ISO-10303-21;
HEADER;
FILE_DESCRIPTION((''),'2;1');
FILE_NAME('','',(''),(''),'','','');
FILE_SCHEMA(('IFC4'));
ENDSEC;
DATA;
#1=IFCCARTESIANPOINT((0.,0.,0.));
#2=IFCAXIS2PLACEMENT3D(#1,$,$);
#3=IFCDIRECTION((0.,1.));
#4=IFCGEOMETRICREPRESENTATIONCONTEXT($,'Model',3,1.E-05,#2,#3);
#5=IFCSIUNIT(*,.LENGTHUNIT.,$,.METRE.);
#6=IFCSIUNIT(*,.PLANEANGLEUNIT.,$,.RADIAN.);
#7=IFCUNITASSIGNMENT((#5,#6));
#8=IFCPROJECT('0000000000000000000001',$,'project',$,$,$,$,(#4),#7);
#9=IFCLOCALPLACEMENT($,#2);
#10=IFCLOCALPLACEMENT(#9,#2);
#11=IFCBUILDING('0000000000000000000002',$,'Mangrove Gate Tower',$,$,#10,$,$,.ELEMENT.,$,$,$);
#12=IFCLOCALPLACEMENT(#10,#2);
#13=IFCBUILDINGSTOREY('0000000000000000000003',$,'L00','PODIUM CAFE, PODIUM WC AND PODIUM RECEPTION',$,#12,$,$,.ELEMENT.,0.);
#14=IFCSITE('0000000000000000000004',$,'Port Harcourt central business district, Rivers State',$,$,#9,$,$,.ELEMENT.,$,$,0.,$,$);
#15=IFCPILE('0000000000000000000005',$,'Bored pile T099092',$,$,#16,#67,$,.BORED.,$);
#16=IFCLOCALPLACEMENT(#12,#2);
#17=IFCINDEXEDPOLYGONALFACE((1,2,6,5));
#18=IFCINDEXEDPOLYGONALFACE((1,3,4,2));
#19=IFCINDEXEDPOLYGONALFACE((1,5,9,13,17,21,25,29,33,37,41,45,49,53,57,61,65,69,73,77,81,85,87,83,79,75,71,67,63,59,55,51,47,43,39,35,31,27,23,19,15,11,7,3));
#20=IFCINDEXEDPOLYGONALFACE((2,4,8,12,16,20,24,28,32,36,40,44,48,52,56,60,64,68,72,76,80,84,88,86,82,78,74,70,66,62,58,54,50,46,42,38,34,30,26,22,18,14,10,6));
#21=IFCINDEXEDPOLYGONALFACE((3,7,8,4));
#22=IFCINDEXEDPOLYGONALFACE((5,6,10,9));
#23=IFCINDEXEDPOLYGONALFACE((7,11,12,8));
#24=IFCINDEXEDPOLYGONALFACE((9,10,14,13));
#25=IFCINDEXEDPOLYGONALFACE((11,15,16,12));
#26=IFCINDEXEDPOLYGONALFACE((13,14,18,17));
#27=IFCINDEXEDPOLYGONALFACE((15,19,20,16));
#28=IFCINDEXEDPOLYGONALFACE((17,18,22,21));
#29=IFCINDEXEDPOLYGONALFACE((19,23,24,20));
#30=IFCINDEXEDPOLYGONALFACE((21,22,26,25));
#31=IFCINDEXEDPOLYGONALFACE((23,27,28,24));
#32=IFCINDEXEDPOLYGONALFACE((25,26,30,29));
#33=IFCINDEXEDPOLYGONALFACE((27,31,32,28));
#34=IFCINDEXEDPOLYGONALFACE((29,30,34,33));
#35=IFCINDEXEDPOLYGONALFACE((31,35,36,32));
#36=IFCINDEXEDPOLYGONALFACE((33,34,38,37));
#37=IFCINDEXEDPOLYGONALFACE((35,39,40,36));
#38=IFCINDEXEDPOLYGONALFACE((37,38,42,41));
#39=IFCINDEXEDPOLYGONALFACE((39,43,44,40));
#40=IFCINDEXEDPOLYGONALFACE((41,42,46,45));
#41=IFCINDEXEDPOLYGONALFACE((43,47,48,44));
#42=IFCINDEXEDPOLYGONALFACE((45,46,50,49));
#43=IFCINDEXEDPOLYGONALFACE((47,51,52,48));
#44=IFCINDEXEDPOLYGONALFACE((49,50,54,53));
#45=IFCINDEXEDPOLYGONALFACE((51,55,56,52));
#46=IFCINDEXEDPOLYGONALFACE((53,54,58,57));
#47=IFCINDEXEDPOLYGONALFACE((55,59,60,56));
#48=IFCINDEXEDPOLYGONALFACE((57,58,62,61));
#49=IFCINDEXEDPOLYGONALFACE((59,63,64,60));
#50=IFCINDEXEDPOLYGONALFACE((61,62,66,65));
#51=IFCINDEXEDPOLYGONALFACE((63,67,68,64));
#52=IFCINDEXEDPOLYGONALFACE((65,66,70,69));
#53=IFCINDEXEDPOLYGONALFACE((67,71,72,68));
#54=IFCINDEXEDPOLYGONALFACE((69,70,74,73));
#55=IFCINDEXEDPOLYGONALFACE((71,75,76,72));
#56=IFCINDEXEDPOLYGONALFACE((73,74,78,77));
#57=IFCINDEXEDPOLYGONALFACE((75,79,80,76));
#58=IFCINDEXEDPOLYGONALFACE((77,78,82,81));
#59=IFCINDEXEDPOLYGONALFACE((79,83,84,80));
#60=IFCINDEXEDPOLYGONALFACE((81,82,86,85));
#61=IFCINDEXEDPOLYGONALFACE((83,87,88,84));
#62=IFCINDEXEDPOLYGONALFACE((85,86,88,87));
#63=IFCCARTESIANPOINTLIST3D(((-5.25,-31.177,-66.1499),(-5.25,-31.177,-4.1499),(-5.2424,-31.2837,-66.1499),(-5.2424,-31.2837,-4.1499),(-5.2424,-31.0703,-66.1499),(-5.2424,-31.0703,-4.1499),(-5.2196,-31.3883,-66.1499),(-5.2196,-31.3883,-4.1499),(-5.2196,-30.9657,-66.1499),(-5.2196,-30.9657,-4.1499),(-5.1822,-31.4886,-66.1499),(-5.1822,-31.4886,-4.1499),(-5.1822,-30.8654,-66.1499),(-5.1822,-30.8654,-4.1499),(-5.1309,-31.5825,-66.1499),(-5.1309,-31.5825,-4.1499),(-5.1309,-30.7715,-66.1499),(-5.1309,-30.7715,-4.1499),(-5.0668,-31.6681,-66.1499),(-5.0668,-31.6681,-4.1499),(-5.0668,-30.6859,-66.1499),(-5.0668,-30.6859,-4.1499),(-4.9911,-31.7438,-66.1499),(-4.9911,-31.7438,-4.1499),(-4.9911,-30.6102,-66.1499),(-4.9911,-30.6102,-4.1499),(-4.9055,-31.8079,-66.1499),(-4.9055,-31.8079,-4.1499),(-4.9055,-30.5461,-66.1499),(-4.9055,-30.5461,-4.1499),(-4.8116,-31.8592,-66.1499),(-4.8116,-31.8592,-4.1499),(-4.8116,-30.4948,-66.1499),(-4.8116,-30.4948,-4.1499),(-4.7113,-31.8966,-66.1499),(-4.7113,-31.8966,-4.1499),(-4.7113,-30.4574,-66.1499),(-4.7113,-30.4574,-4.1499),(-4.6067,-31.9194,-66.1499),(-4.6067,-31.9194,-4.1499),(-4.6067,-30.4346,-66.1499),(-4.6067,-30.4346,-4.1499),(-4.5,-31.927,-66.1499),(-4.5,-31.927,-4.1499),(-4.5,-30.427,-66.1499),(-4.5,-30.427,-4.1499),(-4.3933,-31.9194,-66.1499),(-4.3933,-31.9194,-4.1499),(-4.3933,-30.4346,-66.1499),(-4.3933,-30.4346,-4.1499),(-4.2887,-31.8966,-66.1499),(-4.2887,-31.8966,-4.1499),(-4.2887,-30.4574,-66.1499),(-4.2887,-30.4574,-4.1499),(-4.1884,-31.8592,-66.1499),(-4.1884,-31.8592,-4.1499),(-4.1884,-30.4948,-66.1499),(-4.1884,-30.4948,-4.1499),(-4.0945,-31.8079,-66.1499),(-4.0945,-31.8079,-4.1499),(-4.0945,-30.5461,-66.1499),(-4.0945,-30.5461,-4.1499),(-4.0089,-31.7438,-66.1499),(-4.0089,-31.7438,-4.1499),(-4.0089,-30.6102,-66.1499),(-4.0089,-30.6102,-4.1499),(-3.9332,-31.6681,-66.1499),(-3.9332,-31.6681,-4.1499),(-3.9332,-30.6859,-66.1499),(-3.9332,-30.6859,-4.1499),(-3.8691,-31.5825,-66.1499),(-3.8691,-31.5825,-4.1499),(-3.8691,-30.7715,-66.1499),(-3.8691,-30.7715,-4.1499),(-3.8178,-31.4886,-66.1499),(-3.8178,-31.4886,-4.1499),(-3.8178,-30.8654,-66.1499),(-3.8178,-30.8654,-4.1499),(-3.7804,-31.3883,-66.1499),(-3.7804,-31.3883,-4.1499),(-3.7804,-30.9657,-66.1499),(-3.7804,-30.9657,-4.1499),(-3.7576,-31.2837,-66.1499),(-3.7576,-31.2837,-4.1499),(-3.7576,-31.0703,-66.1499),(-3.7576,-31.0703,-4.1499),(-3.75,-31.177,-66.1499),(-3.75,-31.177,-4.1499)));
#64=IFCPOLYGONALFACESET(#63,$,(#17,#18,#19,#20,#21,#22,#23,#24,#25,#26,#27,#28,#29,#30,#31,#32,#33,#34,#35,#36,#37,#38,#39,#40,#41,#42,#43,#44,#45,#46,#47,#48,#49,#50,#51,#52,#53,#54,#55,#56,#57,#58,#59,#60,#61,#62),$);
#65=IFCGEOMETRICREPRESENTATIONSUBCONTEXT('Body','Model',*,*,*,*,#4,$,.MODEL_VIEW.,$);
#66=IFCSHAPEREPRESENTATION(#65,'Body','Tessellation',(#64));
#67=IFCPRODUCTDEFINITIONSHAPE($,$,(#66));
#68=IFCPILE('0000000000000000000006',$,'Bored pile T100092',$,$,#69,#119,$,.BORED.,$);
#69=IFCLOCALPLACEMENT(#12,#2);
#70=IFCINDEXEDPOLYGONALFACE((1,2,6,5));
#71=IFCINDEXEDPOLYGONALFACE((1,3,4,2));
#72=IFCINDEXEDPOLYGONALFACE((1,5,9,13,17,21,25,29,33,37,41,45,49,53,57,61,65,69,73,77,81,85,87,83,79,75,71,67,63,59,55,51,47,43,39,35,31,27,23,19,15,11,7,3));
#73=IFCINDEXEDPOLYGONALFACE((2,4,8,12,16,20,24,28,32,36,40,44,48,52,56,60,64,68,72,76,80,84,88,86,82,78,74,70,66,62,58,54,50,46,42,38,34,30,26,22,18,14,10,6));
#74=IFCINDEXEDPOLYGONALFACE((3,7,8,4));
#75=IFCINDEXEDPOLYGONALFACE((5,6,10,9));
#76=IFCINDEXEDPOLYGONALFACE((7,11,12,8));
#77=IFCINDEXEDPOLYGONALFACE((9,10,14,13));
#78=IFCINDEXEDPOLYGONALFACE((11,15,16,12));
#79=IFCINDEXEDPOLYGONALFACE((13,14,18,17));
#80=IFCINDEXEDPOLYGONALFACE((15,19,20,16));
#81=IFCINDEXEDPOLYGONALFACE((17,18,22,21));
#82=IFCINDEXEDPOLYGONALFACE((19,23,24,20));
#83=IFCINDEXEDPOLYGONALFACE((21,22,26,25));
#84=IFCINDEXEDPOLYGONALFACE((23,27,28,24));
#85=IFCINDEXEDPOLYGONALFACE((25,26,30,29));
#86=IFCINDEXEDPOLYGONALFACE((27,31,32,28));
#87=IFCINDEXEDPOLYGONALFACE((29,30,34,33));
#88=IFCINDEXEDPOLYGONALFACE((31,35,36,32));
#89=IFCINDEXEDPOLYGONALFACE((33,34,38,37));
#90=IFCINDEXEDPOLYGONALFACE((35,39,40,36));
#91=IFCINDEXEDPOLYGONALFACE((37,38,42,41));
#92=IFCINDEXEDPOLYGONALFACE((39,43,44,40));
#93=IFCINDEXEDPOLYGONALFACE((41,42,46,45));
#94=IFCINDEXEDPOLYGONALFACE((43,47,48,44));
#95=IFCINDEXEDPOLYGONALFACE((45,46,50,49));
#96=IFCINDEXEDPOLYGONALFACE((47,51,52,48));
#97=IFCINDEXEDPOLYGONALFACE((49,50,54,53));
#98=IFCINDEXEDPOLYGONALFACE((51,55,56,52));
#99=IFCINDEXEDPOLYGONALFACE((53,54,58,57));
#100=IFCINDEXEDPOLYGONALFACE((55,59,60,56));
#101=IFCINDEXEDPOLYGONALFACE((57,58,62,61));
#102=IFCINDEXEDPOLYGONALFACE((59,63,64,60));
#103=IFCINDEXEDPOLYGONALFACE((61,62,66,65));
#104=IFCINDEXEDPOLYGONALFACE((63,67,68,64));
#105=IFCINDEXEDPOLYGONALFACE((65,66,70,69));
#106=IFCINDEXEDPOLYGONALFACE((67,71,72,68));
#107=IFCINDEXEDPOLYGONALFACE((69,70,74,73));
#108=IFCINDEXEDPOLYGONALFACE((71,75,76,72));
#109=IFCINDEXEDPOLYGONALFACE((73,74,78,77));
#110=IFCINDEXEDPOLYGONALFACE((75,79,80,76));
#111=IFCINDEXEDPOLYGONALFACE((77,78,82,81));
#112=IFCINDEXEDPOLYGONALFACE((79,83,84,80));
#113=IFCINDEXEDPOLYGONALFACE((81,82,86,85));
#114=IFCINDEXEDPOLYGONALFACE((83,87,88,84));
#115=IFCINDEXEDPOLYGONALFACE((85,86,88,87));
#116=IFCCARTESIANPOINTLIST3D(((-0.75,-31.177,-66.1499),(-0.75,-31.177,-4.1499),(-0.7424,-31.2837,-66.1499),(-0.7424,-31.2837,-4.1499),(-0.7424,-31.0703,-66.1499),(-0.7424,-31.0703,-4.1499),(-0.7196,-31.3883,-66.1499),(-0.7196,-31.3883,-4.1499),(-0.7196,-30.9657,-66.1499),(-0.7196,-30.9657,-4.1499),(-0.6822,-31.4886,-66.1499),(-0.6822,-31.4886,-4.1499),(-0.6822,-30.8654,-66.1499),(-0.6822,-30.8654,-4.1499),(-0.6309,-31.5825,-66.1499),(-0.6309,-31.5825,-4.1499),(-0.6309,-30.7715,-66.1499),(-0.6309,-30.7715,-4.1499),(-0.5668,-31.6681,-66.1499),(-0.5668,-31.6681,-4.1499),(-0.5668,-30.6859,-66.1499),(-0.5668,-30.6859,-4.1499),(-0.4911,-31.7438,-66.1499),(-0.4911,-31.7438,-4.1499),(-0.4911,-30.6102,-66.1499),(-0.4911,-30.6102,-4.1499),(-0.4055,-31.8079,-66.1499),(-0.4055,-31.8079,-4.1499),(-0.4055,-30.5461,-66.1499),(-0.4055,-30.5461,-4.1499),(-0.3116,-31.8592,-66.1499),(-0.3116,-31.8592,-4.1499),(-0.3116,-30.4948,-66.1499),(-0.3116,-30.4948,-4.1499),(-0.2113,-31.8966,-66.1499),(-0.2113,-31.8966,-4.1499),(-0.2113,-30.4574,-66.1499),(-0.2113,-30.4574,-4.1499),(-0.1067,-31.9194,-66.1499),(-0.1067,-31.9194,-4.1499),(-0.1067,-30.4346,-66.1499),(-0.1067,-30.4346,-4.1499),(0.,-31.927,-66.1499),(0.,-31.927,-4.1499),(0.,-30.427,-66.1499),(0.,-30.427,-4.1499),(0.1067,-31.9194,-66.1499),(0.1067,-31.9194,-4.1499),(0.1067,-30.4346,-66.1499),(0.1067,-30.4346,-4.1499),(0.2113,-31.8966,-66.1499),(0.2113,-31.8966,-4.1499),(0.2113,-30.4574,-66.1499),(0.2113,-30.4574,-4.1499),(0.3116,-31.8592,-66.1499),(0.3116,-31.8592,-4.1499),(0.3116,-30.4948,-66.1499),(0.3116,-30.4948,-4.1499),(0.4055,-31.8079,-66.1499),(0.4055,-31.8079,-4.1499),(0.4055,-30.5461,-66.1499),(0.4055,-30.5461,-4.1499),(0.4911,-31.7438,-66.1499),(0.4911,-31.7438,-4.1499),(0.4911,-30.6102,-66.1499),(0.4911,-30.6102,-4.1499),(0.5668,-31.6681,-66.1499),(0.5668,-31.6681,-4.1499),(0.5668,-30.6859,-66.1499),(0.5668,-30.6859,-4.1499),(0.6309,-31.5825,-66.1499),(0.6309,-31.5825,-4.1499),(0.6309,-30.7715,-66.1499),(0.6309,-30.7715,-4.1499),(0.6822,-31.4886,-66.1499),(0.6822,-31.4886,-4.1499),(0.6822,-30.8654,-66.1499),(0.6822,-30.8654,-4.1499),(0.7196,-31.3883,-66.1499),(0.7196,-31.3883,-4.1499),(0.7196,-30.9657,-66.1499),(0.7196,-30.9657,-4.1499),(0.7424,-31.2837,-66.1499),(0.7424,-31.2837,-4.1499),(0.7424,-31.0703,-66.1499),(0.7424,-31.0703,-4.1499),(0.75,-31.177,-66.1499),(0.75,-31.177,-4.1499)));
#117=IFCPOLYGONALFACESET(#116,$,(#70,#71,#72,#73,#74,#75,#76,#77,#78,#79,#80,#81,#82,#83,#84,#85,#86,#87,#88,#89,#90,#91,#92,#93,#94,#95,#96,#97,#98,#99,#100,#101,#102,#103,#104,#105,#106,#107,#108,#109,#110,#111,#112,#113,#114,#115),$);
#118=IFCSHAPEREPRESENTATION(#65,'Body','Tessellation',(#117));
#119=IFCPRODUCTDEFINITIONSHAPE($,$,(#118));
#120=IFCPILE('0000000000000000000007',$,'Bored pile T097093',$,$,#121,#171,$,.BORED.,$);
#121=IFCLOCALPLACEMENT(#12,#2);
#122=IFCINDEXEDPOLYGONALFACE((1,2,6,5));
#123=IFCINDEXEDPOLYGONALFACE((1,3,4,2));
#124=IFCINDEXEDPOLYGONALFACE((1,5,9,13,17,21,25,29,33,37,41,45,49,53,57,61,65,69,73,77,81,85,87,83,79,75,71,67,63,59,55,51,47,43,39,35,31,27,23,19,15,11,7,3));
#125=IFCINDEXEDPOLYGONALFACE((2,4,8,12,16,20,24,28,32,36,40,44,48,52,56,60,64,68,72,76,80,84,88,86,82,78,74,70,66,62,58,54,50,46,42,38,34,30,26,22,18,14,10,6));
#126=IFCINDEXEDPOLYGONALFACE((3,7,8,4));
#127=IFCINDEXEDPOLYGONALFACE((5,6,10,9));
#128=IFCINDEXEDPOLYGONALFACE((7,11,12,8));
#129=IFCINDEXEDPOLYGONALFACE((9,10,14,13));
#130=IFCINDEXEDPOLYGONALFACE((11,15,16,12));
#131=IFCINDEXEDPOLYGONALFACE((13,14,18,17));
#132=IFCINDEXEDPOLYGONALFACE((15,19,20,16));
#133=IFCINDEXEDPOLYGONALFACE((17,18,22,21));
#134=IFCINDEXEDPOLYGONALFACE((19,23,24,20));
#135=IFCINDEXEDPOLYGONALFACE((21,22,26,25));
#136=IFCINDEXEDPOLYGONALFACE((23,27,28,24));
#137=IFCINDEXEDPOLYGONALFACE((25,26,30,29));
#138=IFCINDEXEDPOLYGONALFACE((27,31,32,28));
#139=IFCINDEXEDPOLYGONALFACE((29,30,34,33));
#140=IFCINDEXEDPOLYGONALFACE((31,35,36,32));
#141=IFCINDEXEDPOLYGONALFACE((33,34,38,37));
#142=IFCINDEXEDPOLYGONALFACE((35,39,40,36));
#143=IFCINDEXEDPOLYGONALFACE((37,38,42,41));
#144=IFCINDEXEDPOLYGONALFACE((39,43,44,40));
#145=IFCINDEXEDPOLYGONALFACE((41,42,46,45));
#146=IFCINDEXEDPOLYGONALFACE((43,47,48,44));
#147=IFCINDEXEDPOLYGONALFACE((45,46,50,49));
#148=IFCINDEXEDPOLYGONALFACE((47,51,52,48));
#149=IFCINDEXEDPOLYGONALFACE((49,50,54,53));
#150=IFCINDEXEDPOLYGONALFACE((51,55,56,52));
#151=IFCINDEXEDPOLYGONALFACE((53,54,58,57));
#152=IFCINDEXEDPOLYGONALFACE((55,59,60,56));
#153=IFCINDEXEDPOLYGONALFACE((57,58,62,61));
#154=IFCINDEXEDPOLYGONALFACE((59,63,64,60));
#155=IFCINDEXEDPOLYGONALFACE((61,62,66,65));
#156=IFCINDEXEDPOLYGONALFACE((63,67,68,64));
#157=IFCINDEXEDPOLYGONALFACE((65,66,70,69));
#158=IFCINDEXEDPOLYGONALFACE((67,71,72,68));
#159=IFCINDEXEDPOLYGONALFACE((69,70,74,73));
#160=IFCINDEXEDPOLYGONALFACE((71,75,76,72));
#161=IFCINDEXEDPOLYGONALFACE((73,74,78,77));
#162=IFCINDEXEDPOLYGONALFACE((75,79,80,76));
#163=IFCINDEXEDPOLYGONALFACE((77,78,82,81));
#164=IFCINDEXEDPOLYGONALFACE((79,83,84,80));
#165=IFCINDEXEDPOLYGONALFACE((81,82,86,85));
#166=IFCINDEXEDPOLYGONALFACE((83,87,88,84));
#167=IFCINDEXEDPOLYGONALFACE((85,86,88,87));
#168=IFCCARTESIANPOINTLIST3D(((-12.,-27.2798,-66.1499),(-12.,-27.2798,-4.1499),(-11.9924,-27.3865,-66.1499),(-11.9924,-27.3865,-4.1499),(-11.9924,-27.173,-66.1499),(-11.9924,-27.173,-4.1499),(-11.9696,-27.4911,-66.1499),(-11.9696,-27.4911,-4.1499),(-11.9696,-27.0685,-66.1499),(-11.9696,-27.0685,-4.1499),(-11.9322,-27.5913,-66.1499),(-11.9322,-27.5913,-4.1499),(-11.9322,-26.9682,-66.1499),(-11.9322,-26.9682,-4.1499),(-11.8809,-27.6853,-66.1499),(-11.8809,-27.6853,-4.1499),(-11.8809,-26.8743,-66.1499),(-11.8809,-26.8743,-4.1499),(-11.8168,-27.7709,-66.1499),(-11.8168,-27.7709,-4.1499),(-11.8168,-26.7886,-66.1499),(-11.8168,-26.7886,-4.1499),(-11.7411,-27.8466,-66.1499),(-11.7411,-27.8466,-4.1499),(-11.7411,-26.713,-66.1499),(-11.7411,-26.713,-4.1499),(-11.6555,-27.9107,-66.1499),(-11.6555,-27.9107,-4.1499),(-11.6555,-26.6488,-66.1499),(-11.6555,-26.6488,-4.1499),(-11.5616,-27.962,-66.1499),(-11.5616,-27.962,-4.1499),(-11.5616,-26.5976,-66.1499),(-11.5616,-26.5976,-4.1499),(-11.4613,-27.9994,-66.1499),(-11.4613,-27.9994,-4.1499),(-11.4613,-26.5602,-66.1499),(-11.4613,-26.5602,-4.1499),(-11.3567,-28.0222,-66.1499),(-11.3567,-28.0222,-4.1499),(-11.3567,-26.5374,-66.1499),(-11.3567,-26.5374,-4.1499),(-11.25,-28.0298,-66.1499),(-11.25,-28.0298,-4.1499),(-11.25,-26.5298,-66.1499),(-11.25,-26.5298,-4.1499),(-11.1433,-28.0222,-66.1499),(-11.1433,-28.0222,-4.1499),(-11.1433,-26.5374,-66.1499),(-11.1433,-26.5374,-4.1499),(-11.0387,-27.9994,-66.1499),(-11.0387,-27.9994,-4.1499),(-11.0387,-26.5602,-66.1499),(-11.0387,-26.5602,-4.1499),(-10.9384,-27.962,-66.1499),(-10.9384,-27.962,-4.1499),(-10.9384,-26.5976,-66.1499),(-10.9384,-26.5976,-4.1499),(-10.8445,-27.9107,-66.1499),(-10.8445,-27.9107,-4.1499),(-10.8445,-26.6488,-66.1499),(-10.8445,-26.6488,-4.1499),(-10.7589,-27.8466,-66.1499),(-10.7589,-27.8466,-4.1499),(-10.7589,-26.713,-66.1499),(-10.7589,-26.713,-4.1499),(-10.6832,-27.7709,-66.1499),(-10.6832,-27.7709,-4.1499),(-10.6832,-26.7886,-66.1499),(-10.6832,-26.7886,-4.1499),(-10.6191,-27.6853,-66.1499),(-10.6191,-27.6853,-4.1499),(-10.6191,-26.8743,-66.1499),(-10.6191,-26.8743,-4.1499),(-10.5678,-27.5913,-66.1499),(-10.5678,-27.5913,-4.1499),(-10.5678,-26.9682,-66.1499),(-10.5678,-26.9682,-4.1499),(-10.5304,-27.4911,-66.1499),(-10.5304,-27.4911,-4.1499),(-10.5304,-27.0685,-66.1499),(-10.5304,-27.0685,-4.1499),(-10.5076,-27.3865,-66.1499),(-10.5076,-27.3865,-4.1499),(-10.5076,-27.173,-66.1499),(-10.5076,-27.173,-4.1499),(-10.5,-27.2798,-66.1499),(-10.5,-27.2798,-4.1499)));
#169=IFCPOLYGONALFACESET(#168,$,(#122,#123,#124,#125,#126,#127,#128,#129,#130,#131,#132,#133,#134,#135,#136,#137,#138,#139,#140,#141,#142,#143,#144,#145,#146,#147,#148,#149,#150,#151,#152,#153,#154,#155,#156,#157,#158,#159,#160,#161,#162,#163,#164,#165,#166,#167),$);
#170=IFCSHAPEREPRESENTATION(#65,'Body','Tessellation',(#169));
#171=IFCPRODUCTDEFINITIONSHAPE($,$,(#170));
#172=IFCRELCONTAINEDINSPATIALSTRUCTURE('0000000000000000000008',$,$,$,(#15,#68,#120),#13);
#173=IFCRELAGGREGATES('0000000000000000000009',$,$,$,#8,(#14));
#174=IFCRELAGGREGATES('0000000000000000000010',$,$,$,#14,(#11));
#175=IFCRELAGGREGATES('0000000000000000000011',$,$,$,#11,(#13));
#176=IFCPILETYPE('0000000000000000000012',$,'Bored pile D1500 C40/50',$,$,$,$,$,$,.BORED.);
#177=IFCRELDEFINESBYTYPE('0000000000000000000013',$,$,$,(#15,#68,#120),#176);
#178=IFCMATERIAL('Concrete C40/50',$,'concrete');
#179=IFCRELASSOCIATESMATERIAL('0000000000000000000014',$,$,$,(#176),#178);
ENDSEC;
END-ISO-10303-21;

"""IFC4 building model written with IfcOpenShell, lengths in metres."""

from ifc_helpers import new_model, si_unit, direction, frame, origin, origin_2d, place, context, subcontext, project, spatial, circle, extrude, material, material_profile, profile_set, type_object, element, save


model = new_model("IFC4")

# Units and contexts
model_context = context("Model", 3, precision=1e-05, world=origin(), true_north=direction((0.0, 1.0)))
body_context = subcontext(model_context, "Body", "Model", "MODEL_VIEW")
ifc_project = project(units=[si_unit("LENGTHUNIT", "METRE"), si_unit("PLANEANGLEUNIT", "RADIAN")], contexts=[model_context])

# Site, building, storey
site_placement = place(None, origin())
site = spatial("IfcSite", under=ifc_project, at=site_placement, Name="Port Harcourt central business district, Rivers State", CompositionType="ELEMENT", RefElevation=0.0)
building_placement = place(site_placement, origin())
building = spatial("IfcBuilding", under=site, at=building_placement, Name="Mangrove Gate Tower", CompositionType="ELEMENT")
storey_placement = place(building_placement, origin())
storey = spatial("IfcBuildingStorey", under=building, at=storey_placement, Name="L00", Description="PODIUM CAFE, PODIUM WC AND PODIUM RECEPTION", CompositionType="ELEMENT", Elevation=0.0)

# Piles
ifc_material_1 = material(Name="Concrete C40/50", Category="concrete")
ifc_material_profile_1 = material_profile(ifc_material_1, circle(Radius=0.75, at=origin_2d()))
ifc_profile_set_1 = profile_set([ifc_material_profile_1], Name="Concrete C40/50")
pile_type = type_object("IfcPileType", Name="Bored pile D1500 C40/50", PredefinedType="BORED", material=ifc_profile_set_1)
for number, where, z_axis, x_axis, name in (
    (1, (-4.5, -31.177, -4.1499), (0.0, 0.0, -1.0), (1.0, 0.0, 0.0), "Bored pile T099092"),
    (2, (0.0, -31.177, -4.1499), (0.0, 0.0, -1.0), (1.0, 0.0, 0.0), "Bored pile T100092"),
    (3, (-11.25, -27.2798, -4.1499), (0.0, 0.0, -1.0), (1.0, 0.0, 0.0), "Bored pile T097093"),
):
    element("IfcPile", number, at=place(storey_placement, frame(where, z_axis=z_axis, x_axis=x_axis)), inside=storey, type_object=pile_type, Name=name, PredefinedType="BORED", context=body_context, shape_type="SweptSolid", body=[
        extrude(circle(Radius=0.75, at=origin_2d()), origin(), (0.0, 0.0, 1.0), 62.0),
    ])

save(model, "model.ifc")
